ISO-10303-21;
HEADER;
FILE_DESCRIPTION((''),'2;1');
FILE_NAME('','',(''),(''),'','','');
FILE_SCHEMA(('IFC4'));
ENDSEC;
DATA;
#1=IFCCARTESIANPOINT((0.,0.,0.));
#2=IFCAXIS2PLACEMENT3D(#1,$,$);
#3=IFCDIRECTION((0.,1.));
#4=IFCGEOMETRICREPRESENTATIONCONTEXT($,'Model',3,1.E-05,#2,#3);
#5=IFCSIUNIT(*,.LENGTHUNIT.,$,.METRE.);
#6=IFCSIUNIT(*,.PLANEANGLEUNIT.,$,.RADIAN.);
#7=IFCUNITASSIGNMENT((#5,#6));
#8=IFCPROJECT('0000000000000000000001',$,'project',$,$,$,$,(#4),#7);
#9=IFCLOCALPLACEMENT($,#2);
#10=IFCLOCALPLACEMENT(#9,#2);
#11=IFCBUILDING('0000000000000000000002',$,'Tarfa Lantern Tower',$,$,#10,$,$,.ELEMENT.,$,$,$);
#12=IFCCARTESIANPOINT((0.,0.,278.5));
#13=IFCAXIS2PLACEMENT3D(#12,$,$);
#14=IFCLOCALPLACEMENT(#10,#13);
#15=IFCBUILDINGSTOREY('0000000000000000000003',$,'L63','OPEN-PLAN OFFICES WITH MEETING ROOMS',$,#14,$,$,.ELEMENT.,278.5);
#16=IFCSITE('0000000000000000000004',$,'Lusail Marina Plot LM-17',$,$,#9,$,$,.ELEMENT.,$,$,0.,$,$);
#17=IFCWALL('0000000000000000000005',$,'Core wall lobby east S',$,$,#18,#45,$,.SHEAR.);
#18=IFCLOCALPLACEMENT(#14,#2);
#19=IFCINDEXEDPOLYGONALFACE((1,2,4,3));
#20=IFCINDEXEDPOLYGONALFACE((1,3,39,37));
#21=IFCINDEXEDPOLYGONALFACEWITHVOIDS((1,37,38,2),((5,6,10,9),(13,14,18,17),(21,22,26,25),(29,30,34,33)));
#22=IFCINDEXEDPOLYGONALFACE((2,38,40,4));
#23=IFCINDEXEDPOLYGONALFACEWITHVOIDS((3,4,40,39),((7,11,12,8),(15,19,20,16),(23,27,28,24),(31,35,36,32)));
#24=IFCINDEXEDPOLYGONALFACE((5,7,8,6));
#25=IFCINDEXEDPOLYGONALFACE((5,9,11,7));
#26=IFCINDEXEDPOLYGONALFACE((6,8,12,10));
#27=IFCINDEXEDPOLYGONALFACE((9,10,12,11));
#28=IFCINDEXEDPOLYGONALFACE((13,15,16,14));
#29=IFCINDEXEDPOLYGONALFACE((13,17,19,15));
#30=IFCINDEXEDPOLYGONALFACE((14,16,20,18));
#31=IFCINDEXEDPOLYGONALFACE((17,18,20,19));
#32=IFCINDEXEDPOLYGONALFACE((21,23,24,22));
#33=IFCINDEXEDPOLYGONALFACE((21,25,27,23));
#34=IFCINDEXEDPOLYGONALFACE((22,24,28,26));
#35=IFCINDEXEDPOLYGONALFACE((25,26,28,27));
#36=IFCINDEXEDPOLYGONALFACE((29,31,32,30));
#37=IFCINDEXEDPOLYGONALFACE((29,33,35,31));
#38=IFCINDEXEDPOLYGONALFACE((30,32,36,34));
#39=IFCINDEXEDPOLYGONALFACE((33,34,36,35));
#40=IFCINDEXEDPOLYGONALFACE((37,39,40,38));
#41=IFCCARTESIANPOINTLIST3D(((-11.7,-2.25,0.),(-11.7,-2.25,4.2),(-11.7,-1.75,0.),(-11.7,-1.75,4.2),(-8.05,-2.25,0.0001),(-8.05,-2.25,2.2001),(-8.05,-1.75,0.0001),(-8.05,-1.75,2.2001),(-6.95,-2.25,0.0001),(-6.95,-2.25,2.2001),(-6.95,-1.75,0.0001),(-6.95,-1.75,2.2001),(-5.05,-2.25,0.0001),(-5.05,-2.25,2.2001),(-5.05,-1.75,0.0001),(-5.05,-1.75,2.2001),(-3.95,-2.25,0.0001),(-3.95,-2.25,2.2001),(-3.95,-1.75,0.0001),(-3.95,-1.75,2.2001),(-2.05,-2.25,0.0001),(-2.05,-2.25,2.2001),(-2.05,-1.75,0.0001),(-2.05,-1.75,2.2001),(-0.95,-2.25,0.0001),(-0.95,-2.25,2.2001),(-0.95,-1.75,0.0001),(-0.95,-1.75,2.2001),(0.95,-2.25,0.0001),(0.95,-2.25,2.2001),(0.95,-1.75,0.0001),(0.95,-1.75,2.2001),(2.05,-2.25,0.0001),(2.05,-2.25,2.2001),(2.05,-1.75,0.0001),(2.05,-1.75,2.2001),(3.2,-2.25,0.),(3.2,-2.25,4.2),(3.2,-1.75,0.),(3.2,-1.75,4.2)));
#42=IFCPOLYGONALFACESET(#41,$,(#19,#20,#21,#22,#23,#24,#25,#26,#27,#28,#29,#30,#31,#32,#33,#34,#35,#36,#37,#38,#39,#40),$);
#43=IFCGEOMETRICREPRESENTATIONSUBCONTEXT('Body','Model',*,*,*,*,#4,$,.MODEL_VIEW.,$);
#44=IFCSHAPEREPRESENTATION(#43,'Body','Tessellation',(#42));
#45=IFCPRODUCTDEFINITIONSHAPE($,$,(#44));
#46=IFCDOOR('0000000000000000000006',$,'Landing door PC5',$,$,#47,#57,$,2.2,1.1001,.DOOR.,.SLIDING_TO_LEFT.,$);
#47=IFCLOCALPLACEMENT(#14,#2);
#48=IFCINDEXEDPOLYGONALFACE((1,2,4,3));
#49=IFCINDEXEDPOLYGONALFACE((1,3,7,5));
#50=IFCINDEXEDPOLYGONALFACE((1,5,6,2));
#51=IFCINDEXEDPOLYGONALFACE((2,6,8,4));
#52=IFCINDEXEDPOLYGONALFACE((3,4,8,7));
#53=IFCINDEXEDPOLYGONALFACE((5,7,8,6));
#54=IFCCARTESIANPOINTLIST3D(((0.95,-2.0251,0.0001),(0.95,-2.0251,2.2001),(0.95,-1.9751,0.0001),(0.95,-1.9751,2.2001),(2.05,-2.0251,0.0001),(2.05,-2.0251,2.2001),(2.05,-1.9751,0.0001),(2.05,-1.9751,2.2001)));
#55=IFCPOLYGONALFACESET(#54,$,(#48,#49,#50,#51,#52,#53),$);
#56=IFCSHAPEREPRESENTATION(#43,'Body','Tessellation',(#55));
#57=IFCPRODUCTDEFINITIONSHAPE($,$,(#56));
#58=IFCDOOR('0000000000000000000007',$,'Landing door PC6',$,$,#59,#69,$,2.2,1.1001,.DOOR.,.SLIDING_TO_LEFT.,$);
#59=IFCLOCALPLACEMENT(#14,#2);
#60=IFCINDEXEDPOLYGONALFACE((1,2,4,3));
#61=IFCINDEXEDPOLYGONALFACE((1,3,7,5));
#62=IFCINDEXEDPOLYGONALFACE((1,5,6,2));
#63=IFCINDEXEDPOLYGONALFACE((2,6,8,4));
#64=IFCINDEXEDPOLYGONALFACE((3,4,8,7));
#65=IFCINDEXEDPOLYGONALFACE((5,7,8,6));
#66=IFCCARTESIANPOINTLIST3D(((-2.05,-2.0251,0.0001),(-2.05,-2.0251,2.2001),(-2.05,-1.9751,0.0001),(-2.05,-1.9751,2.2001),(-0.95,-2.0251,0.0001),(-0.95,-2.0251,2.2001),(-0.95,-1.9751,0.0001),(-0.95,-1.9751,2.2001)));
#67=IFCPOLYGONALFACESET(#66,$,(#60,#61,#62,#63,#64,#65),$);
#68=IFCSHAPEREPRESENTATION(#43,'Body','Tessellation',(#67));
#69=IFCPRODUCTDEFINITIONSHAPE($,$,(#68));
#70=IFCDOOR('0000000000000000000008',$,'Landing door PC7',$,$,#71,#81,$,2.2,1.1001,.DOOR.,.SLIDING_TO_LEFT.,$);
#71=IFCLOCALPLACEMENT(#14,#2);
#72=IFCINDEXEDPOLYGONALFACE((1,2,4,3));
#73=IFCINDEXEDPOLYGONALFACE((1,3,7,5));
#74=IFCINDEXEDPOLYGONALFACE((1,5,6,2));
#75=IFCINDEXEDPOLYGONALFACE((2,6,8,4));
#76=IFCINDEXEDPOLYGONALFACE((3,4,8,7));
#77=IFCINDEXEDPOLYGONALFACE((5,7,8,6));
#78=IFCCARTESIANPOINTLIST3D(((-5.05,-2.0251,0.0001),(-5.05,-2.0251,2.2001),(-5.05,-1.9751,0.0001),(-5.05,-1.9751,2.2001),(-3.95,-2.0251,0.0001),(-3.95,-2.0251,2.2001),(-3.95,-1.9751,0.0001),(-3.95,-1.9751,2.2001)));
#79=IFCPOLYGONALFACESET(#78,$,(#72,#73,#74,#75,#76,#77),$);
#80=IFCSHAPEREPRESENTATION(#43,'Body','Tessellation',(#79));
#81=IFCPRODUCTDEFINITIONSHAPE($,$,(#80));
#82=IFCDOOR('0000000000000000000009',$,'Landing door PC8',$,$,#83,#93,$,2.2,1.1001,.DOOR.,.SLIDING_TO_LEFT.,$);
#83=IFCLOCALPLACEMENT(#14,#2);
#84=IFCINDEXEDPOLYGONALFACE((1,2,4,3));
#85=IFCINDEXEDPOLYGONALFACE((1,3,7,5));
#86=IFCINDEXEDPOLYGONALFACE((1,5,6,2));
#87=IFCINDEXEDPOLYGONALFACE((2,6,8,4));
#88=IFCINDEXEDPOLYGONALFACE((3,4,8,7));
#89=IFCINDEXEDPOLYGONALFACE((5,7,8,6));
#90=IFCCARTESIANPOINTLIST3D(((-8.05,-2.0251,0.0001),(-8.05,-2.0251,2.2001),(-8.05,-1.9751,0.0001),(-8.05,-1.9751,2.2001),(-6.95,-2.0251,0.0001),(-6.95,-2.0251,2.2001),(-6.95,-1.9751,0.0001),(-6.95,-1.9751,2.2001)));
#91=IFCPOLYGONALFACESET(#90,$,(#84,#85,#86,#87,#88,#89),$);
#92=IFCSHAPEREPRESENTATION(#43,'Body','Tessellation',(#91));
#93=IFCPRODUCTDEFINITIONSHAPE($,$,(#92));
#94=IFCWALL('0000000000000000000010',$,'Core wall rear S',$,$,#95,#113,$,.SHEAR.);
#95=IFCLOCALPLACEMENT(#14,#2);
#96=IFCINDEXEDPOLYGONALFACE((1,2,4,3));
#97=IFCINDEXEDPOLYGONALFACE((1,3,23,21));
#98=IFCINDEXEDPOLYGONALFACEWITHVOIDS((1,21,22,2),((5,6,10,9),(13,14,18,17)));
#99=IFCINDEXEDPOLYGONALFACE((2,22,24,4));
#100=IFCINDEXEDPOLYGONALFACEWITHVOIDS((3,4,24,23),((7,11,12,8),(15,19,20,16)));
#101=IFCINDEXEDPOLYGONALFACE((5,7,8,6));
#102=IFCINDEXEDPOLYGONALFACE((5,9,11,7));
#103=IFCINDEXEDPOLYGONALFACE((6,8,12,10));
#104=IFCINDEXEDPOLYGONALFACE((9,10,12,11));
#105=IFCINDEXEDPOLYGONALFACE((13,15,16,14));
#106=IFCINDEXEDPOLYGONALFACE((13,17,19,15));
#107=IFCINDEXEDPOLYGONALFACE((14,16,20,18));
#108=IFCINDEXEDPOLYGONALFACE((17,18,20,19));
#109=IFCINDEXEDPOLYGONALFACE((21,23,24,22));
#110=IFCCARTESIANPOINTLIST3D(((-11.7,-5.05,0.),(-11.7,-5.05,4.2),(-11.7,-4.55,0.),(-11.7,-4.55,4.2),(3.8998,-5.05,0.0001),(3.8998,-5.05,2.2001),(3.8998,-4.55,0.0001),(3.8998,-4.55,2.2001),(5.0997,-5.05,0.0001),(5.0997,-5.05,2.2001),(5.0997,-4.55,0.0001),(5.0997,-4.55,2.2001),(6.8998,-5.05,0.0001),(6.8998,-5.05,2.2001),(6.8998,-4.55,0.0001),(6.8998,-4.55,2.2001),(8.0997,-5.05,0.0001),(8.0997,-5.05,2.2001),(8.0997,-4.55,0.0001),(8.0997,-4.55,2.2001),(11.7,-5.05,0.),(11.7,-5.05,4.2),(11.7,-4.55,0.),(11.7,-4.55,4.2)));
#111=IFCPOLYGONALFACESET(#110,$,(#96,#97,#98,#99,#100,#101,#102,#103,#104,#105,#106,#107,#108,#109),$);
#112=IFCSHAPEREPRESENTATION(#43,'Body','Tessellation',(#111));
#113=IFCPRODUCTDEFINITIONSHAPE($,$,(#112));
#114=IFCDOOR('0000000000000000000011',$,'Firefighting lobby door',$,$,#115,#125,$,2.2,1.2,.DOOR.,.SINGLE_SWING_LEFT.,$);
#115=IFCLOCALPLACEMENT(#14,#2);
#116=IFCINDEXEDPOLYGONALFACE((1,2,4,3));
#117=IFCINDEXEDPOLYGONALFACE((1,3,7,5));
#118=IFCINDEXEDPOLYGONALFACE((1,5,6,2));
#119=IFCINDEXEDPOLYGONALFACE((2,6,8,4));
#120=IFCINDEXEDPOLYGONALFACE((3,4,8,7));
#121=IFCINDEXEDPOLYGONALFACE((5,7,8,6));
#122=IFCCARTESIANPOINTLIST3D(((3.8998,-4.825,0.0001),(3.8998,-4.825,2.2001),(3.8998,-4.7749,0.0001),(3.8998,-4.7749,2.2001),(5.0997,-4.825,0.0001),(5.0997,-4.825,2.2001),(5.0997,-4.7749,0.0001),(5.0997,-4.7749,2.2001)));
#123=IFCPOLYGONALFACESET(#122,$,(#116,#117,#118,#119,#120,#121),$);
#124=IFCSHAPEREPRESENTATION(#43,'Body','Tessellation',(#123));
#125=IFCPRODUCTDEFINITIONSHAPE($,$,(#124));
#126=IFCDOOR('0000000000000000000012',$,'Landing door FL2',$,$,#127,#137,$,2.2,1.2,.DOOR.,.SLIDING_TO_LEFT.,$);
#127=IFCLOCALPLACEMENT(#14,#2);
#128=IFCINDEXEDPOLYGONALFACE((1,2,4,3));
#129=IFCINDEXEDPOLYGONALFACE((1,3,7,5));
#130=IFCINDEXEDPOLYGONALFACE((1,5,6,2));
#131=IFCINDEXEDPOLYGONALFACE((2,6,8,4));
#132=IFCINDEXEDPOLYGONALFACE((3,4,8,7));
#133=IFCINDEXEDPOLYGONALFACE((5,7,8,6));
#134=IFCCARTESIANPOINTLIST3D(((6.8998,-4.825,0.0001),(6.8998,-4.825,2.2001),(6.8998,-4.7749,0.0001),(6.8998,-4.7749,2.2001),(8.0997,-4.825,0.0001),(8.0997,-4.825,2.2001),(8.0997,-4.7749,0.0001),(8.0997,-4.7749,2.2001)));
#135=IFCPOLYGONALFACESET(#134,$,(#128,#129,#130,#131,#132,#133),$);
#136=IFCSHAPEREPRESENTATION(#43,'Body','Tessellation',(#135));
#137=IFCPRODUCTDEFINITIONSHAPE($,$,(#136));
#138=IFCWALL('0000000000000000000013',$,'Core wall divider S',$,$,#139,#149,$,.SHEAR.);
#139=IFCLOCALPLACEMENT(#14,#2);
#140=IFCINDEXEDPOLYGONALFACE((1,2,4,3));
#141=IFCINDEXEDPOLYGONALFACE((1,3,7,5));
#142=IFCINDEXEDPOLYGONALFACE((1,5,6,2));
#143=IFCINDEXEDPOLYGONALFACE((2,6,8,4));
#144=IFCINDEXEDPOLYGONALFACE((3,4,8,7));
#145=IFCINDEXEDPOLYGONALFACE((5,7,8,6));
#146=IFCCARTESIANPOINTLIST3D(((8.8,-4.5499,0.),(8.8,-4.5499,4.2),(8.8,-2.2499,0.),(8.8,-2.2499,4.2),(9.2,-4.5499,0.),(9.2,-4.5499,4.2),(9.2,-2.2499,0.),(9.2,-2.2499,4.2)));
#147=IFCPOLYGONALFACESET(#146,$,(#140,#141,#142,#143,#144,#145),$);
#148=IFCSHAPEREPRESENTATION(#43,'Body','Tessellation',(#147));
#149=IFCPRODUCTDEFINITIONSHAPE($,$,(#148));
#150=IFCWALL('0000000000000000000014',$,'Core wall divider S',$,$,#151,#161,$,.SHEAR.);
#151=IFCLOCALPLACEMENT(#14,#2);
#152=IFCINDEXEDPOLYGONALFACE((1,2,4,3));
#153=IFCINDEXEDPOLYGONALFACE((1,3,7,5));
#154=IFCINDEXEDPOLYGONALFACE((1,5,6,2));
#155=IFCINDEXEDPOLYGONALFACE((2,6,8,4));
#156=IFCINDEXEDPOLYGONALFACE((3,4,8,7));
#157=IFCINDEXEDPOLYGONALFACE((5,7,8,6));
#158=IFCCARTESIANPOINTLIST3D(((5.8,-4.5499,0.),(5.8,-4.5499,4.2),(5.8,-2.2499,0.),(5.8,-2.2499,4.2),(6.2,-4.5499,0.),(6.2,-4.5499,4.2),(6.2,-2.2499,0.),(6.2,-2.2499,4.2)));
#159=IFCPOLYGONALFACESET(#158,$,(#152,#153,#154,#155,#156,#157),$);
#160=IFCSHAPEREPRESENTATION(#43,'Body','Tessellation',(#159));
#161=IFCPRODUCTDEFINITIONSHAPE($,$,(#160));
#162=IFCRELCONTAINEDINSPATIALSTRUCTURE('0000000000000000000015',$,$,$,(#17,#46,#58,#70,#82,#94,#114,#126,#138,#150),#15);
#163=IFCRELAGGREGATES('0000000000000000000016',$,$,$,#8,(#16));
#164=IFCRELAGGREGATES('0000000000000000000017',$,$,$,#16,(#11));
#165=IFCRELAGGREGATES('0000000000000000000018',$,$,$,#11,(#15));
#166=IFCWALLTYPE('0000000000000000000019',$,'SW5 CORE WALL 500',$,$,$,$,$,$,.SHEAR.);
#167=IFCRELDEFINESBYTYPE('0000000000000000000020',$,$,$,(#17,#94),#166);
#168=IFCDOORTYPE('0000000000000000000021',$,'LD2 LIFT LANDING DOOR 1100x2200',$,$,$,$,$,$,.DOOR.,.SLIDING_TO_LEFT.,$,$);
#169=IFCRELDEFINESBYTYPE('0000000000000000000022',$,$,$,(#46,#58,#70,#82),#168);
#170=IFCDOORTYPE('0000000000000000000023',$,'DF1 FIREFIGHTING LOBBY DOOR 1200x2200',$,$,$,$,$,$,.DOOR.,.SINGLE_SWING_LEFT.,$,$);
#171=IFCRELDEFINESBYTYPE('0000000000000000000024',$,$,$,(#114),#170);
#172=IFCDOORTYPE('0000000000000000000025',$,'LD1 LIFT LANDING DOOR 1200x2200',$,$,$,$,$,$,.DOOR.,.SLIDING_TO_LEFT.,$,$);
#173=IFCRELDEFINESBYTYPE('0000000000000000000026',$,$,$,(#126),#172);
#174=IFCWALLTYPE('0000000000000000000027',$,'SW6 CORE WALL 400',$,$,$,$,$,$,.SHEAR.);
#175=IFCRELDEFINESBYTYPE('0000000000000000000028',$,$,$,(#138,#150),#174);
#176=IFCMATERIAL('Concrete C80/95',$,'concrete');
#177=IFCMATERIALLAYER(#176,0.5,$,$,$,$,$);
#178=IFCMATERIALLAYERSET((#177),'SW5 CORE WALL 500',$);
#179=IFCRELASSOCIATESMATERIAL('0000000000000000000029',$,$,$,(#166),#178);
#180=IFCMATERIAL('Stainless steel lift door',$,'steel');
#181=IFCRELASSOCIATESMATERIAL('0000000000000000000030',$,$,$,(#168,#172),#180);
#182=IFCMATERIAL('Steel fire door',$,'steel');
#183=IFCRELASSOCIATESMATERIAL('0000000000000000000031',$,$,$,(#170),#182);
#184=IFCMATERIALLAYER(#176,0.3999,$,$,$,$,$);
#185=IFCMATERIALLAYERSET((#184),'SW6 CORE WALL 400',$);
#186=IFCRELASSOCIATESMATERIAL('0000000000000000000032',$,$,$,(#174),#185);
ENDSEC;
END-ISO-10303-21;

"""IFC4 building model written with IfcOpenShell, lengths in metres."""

from ifc_helpers import new_model, si_unit, direction, frame, frame_2d, origin, place, context, subcontext, project, spatial, rectangle, extrude, material, layer, layer_set, type_object, element, fill, save


model = new_model("IFC4")

# Units and contexts
model_context = context("Model", 3, precision=1e-05, world=origin(), true_north=direction((0.0, 1.0)))
body_context = subcontext(model_context, "Body", "Model", "MODEL_VIEW")
ifc_project = project(units=[si_unit("LENGTHUNIT", "METRE"), si_unit("PLANEANGLEUNIT", "RADIAN")], contexts=[model_context])

# Site, building, storey
site_placement = place(None, origin())
site = spatial("IfcSite", under=ifc_project, at=site_placement, Name="Lusail Marina Plot LM-17", CompositionType="ELEMENT", RefElevation=0.0)
building_placement = place(site_placement, origin())
building = spatial("IfcBuilding", under=site, at=building_placement, Name="Tarfa Lantern Tower", CompositionType="ELEMENT")
storey_placement = place(building_placement, frame((0.0, 0.0, 278.5)))
storey = spatial("IfcBuildingStorey", under=building, at=storey_placement, Name="L63", Description="OPEN-PLAN OFFICES WITH MEETING ROOMS", CompositionType="ELEMENT", Elevation=278.5)

# Shared definitions
ifc_material_1 = material(Name="Concrete C80/95", Category="concrete")

# Shared definitions
ifc_material_2 = material(Name="Steel fire door", Category="steel")

# Shared definitions
ifc_layer_1 = layer(ifc_material_1, 0.5)
ifc_layer_set_1 = layer_set([ifc_layer_1], Name="SW5 CORE WALL 500")
wall_type_1 = type_object("IfcWallType", Name="SW5 CORE WALL 500", PredefinedType="SHEAR", material=ifc_layer_set_1)

# Walls, openings, doors
wall_1_placement = place(storey_placement, frame((3.2, -2.0, 0.0), z_axis=(0.0, 0.0, 1.0), x_axis=(-1.0, 0.0, 0.0)))
wall_1 = element("IfcWall", 1, at=wall_1_placement, inside=storey, type_object=wall_type_1, Name="Core wall lobby east S", PredefinedType="SHEAR", context=body_context, shape_type="SweptSolid", body=[
    extrude(rectangle(XDim=14.8999, YDim=0.5, at=frame_2d((7.45, 0.0))), origin(), (0.0, 0.0, 1.0), 4.2),
])
opening_1_placement = place(wall_1_placement, frame((1.1499, 0.0, 0.0)))
opening_1 = element("IfcOpeningElement", 2, at=opening_1_placement, cuts=wall_1, PredefinedType="OPENING", context=body_context, shape_type="SweptSolid", body=[
    extrude(rectangle(XDim=1.1001, YDim=2.2, at=frame_2d((0.55, 1.1001))), frame((0.0, 0.26, 0.0), z_axis=(0.0, -1.0, 0.0), x_axis=(1.0, 0.0, 0.0)), (0.0, 0.0, 1.0), 0.52),
])
opening_2_placement = place(wall_1_placement, frame((4.1499, 0.0, 0.0)))
opening_2 = element("IfcOpeningElement", 3, at=opening_2_placement, cuts=wall_1, PredefinedType="OPENING", context=body_context, shape_type="SweptSolid", body=[
    extrude(rectangle(XDim=1.1001, YDim=2.2, at=frame_2d((0.55, 1.1001))), frame((0.0, 0.26, 0.0), z_axis=(0.0, -1.0, 0.0), x_axis=(1.0, 0.0, 0.0)), (0.0, 0.0, 1.0), 0.52),
])
opening_3_placement = place(wall_1_placement, frame((7.1499, 0.0, 0.0)))
opening_3 = element("IfcOpeningElement", 4, at=opening_3_placement, cuts=wall_1, PredefinedType="OPENING", context=body_context, shape_type="SweptSolid", body=[
    extrude(rectangle(XDim=1.1001, YDim=2.2, at=frame_2d((0.55, 1.1001))), frame((0.0, 0.26, 0.0), z_axis=(0.0, -1.0, 0.0), x_axis=(1.0, 0.0, 0.0)), (0.0, 0.0, 1.0), 0.52),
])
opening_4_placement = place(wall_1_placement, frame((10.1499, 0.0, 0.0)))
opening_4 = element("IfcOpeningElement", 5, at=opening_4_placement, cuts=wall_1, PredefinedType="OPENING", context=body_context, shape_type="SweptSolid", body=[
    extrude(rectangle(XDim=1.1001, YDim=2.2, at=frame_2d((0.55, 1.1001))), frame((0.0, 0.26, 0.0), z_axis=(0.0, -1.0, 0.0), x_axis=(1.0, 0.0, 0.0)), (0.0, 0.0, 1.0), 0.52),
])
ifc_material_3 = material(Name="Stainless steel lift door", Category="steel")
door_type_1 = type_object("IfcDoorType", Name="LD2 LIFT LANDING DOOR 1100x2200", OperationType="SLIDING_TO_LEFT", PredefinedType="DOOR", material=ifc_material_3)
door_1_placement = place(opening_1_placement, frame((1.1001, 0.0, 0.0), z_axis=(0.0, 0.0, 1.0), x_axis=(-1.0, 0.0, 0.0)))
door_1 = element("IfcDoor", 6, at=door_1_placement, inside=storey, type_object=door_type_1, Name="Landing door PC5", OperationType="SLIDING_TO_LEFT", OverallHeight=2.2, OverallWidth=1.1001, PredefinedType="DOOR", context=body_context, shape_type="SweptSolid", body=[
    extrude(rectangle(XDim=1.1001, YDim=2.2, at=frame_2d((0.55, 1.1001))), frame((0.0, 0.0249, 0.0), z_axis=(0.0, -1.0, 0.0), x_axis=(1.0, 0.0, 0.0)), (0.0, 0.0, 1.0), 0.05),
])
fill(opening_1, door_1)
door_2_placement = place(opening_2_placement, frame((1.1001, 0.0, 0.0), z_axis=(0.0, 0.0, 1.0), x_axis=(-1.0, 0.0, 0.0)))
door_2 = element("IfcDoor", 7, at=door_2_placement, inside=storey, type_object=door_type_1, Name="Landing door PC6", OperationType="SLIDING_TO_LEFT", OverallHeight=2.2, OverallWidth=1.1001, PredefinedType="DOOR", context=body_context, shape_type="SweptSolid", body=[
    extrude(rectangle(XDim=1.1001, YDim=2.2, at=frame_2d((0.55, 1.1001))), frame((0.0, 0.0249, 0.0), z_axis=(0.0, -1.0, 0.0), x_axis=(1.0, 0.0, 0.0)), (0.0, 0.0, 1.0), 0.05),
])
fill(opening_2, door_2)
door_3_placement = place(opening_3_placement, frame((1.1001, 0.0, 0.0), z_axis=(0.0, 0.0, 1.0), x_axis=(-1.0, 0.0, 0.0)))
door_3 = element("IfcDoor", 8, at=door_3_placement, inside=storey, type_object=door_type_1, Name="Landing door PC7", OperationType="SLIDING_TO_LEFT", OverallHeight=2.2, OverallWidth=1.1001, PredefinedType="DOOR", context=body_context, shape_type="SweptSolid", body=[
    extrude(rectangle(XDim=1.1001, YDim=2.2, at=frame_2d((0.55, 1.1001))), frame((0.0, 0.0249, 0.0), z_axis=(0.0, -1.0, 0.0), x_axis=(1.0, 0.0, 0.0)), (0.0, 0.0, 1.0), 0.05),
])
fill(opening_3, door_3)
door_4_placement = place(opening_4_placement, frame((1.1001, 0.0, 0.0), z_axis=(0.0, 0.0, 1.0), x_axis=(-1.0, 0.0, 0.0)))
door_4 = element("IfcDoor", 9, at=door_4_placement, inside=storey, type_object=door_type_1, Name="Landing door PC8", OperationType="SLIDING_TO_LEFT", OverallHeight=2.2, OverallWidth=1.1001, PredefinedType="DOOR", context=body_context, shape_type="SweptSolid", body=[
    extrude(rectangle(XDim=1.1001, YDim=2.2, at=frame_2d((0.55, 1.1001))), frame((0.0, 0.0249, 0.0), z_axis=(0.0, -1.0, 0.0), x_axis=(1.0, 0.0, 0.0)), (0.0, 0.0, 1.0), 0.05),
])
fill(opening_4, door_4)
wall_2_placement = place(storey_placement, frame((11.7, -4.8, 0.0), z_axis=(0.0, 0.0, 1.0), x_axis=(-1.0, 0.0, 0.0)))
wall_2 = element("IfcWall", 10, at=wall_2_placement, inside=storey, type_object=wall_type_1, Name="Core wall rear S", PredefinedType="SHEAR", context=body_context, shape_type="SweptSolid", body=[
    extrude(rectangle(XDim=23.3999, YDim=0.5, at=frame_2d((11.7, 0.0))), origin(), (0.0, 0.0, 1.0), 4.2),
])
opening_5_placement = place(wall_2_placement, frame((6.6001, 0.0, 0.0)))
opening_5 = element("IfcOpeningElement", 11, at=opening_5_placement, cuts=wall_2, PredefinedType="OPENING", context=body_context, shape_type="SweptSolid", body=[
    extrude(rectangle(XDim=1.2, YDim=2.2, at=frame_2d((0.6001, 1.1001))), frame((0.0, 0.26, 0.0), z_axis=(0.0, -1.0, 0.0), x_axis=(1.0, 0.0, 0.0)), (0.0, 0.0, 1.0), 0.52),
])
opening_6_placement = place(wall_2_placement, frame((3.6001, 0.0, 0.0)))
opening_6 = element("IfcOpeningElement", 12, at=opening_6_placement, cuts=wall_2, PredefinedType="OPENING", context=body_context, shape_type="SweptSolid", body=[
    extrude(rectangle(XDim=1.2, YDim=2.2, at=frame_2d((0.6001, 1.1001))), frame((0.0, 0.26, 0.0), z_axis=(0.0, -1.0, 0.0), x_axis=(1.0, 0.0, 0.0)), (0.0, 0.0, 1.0), 0.52),
])
door_type_2 = type_object("IfcDoorType", Name="DF1 FIREFIGHTING LOBBY DOOR 1200x2200", OperationType="SINGLE_SWING_LEFT", PredefinedType="DOOR", material=ifc_material_2)
door_5_placement = place(opening_5_placement, origin())
door_5 = element("IfcDoor", 13, at=door_5_placement, inside=storey, type_object=door_type_2, Name="Firefighting lobby door", OperationType="SINGLE_SWING_LEFT", OverallHeight=2.2, OverallWidth=1.2, PredefinedType="DOOR", context=body_context, shape_type="SweptSolid", body=[
    extrude(rectangle(XDim=1.2, YDim=2.2, at=frame_2d((0.6001, 1.1001))), frame((0.0, 0.0249, 0.0), z_axis=(0.0, -1.0, 0.0), x_axis=(1.0, 0.0, 0.0)), (0.0, 0.0, 1.0), 0.05),
])
fill(opening_5, door_5)
door_type_3 = type_object("IfcDoorType", Name="LD1 LIFT LANDING DOOR 1200x2200", OperationType="SLIDING_TO_LEFT", PredefinedType="DOOR", material=ifc_material_3)
door_6_placement = place(opening_6_placement, origin())
door_6 = element("IfcDoor", 14, at=door_6_placement, inside=storey, type_object=door_type_3, Name="Landing door FL2", OperationType="SLIDING_TO_LEFT", OverallHeight=2.2, OverallWidth=1.2, PredefinedType="DOOR", context=body_context, shape_type="SweptSolid", body=[
    extrude(rectangle(XDim=1.2, YDim=2.2, at=frame_2d((0.6001, 1.1001))), frame((0.0, 0.0249, 0.0), z_axis=(0.0, -1.0, 0.0), x_axis=(1.0, 0.0, 0.0)), (0.0, 0.0, 1.0), 0.05),
])
fill(opening_6, door_6)

# Walls
ifc_layer_2 = layer(ifc_material_1, 0.3999)
ifc_layer_set_2 = layer_set([ifc_layer_2], Name="SW6 CORE WALL 400")
wall_type_2 = type_object("IfcWallType", Name="SW6 CORE WALL 400", PredefinedType="SHEAR", material=ifc_layer_set_2)
for number, where, z_axis, x_axis, name in (
    (15, (9.0, -2.25, 0.0), (0.0, 0.0, 1.0), (0.0, -1.0, 0.0), "Core wall divider S"),
    (16, (6.0, -2.25, 0.0), (0.0, 0.0, 1.0), (0.0, -1.0, 0.0), "Core wall divider S"),
):
    element("IfcWall", number, at=place(storey_placement, frame(where, z_axis=z_axis, x_axis=x_axis)), inside=storey, type_object=wall_type_2, Name=name, PredefinedType="SHEAR", context=body_context, shape_type="SweptSolid", body=[
        extrude(rectangle(XDim=2.3, YDim=0.3999, at=frame_2d((1.1499, 0.0))), origin(), (0.0, 0.0, 1.0), 4.2),
    ])

save(model, "model.ifc")
